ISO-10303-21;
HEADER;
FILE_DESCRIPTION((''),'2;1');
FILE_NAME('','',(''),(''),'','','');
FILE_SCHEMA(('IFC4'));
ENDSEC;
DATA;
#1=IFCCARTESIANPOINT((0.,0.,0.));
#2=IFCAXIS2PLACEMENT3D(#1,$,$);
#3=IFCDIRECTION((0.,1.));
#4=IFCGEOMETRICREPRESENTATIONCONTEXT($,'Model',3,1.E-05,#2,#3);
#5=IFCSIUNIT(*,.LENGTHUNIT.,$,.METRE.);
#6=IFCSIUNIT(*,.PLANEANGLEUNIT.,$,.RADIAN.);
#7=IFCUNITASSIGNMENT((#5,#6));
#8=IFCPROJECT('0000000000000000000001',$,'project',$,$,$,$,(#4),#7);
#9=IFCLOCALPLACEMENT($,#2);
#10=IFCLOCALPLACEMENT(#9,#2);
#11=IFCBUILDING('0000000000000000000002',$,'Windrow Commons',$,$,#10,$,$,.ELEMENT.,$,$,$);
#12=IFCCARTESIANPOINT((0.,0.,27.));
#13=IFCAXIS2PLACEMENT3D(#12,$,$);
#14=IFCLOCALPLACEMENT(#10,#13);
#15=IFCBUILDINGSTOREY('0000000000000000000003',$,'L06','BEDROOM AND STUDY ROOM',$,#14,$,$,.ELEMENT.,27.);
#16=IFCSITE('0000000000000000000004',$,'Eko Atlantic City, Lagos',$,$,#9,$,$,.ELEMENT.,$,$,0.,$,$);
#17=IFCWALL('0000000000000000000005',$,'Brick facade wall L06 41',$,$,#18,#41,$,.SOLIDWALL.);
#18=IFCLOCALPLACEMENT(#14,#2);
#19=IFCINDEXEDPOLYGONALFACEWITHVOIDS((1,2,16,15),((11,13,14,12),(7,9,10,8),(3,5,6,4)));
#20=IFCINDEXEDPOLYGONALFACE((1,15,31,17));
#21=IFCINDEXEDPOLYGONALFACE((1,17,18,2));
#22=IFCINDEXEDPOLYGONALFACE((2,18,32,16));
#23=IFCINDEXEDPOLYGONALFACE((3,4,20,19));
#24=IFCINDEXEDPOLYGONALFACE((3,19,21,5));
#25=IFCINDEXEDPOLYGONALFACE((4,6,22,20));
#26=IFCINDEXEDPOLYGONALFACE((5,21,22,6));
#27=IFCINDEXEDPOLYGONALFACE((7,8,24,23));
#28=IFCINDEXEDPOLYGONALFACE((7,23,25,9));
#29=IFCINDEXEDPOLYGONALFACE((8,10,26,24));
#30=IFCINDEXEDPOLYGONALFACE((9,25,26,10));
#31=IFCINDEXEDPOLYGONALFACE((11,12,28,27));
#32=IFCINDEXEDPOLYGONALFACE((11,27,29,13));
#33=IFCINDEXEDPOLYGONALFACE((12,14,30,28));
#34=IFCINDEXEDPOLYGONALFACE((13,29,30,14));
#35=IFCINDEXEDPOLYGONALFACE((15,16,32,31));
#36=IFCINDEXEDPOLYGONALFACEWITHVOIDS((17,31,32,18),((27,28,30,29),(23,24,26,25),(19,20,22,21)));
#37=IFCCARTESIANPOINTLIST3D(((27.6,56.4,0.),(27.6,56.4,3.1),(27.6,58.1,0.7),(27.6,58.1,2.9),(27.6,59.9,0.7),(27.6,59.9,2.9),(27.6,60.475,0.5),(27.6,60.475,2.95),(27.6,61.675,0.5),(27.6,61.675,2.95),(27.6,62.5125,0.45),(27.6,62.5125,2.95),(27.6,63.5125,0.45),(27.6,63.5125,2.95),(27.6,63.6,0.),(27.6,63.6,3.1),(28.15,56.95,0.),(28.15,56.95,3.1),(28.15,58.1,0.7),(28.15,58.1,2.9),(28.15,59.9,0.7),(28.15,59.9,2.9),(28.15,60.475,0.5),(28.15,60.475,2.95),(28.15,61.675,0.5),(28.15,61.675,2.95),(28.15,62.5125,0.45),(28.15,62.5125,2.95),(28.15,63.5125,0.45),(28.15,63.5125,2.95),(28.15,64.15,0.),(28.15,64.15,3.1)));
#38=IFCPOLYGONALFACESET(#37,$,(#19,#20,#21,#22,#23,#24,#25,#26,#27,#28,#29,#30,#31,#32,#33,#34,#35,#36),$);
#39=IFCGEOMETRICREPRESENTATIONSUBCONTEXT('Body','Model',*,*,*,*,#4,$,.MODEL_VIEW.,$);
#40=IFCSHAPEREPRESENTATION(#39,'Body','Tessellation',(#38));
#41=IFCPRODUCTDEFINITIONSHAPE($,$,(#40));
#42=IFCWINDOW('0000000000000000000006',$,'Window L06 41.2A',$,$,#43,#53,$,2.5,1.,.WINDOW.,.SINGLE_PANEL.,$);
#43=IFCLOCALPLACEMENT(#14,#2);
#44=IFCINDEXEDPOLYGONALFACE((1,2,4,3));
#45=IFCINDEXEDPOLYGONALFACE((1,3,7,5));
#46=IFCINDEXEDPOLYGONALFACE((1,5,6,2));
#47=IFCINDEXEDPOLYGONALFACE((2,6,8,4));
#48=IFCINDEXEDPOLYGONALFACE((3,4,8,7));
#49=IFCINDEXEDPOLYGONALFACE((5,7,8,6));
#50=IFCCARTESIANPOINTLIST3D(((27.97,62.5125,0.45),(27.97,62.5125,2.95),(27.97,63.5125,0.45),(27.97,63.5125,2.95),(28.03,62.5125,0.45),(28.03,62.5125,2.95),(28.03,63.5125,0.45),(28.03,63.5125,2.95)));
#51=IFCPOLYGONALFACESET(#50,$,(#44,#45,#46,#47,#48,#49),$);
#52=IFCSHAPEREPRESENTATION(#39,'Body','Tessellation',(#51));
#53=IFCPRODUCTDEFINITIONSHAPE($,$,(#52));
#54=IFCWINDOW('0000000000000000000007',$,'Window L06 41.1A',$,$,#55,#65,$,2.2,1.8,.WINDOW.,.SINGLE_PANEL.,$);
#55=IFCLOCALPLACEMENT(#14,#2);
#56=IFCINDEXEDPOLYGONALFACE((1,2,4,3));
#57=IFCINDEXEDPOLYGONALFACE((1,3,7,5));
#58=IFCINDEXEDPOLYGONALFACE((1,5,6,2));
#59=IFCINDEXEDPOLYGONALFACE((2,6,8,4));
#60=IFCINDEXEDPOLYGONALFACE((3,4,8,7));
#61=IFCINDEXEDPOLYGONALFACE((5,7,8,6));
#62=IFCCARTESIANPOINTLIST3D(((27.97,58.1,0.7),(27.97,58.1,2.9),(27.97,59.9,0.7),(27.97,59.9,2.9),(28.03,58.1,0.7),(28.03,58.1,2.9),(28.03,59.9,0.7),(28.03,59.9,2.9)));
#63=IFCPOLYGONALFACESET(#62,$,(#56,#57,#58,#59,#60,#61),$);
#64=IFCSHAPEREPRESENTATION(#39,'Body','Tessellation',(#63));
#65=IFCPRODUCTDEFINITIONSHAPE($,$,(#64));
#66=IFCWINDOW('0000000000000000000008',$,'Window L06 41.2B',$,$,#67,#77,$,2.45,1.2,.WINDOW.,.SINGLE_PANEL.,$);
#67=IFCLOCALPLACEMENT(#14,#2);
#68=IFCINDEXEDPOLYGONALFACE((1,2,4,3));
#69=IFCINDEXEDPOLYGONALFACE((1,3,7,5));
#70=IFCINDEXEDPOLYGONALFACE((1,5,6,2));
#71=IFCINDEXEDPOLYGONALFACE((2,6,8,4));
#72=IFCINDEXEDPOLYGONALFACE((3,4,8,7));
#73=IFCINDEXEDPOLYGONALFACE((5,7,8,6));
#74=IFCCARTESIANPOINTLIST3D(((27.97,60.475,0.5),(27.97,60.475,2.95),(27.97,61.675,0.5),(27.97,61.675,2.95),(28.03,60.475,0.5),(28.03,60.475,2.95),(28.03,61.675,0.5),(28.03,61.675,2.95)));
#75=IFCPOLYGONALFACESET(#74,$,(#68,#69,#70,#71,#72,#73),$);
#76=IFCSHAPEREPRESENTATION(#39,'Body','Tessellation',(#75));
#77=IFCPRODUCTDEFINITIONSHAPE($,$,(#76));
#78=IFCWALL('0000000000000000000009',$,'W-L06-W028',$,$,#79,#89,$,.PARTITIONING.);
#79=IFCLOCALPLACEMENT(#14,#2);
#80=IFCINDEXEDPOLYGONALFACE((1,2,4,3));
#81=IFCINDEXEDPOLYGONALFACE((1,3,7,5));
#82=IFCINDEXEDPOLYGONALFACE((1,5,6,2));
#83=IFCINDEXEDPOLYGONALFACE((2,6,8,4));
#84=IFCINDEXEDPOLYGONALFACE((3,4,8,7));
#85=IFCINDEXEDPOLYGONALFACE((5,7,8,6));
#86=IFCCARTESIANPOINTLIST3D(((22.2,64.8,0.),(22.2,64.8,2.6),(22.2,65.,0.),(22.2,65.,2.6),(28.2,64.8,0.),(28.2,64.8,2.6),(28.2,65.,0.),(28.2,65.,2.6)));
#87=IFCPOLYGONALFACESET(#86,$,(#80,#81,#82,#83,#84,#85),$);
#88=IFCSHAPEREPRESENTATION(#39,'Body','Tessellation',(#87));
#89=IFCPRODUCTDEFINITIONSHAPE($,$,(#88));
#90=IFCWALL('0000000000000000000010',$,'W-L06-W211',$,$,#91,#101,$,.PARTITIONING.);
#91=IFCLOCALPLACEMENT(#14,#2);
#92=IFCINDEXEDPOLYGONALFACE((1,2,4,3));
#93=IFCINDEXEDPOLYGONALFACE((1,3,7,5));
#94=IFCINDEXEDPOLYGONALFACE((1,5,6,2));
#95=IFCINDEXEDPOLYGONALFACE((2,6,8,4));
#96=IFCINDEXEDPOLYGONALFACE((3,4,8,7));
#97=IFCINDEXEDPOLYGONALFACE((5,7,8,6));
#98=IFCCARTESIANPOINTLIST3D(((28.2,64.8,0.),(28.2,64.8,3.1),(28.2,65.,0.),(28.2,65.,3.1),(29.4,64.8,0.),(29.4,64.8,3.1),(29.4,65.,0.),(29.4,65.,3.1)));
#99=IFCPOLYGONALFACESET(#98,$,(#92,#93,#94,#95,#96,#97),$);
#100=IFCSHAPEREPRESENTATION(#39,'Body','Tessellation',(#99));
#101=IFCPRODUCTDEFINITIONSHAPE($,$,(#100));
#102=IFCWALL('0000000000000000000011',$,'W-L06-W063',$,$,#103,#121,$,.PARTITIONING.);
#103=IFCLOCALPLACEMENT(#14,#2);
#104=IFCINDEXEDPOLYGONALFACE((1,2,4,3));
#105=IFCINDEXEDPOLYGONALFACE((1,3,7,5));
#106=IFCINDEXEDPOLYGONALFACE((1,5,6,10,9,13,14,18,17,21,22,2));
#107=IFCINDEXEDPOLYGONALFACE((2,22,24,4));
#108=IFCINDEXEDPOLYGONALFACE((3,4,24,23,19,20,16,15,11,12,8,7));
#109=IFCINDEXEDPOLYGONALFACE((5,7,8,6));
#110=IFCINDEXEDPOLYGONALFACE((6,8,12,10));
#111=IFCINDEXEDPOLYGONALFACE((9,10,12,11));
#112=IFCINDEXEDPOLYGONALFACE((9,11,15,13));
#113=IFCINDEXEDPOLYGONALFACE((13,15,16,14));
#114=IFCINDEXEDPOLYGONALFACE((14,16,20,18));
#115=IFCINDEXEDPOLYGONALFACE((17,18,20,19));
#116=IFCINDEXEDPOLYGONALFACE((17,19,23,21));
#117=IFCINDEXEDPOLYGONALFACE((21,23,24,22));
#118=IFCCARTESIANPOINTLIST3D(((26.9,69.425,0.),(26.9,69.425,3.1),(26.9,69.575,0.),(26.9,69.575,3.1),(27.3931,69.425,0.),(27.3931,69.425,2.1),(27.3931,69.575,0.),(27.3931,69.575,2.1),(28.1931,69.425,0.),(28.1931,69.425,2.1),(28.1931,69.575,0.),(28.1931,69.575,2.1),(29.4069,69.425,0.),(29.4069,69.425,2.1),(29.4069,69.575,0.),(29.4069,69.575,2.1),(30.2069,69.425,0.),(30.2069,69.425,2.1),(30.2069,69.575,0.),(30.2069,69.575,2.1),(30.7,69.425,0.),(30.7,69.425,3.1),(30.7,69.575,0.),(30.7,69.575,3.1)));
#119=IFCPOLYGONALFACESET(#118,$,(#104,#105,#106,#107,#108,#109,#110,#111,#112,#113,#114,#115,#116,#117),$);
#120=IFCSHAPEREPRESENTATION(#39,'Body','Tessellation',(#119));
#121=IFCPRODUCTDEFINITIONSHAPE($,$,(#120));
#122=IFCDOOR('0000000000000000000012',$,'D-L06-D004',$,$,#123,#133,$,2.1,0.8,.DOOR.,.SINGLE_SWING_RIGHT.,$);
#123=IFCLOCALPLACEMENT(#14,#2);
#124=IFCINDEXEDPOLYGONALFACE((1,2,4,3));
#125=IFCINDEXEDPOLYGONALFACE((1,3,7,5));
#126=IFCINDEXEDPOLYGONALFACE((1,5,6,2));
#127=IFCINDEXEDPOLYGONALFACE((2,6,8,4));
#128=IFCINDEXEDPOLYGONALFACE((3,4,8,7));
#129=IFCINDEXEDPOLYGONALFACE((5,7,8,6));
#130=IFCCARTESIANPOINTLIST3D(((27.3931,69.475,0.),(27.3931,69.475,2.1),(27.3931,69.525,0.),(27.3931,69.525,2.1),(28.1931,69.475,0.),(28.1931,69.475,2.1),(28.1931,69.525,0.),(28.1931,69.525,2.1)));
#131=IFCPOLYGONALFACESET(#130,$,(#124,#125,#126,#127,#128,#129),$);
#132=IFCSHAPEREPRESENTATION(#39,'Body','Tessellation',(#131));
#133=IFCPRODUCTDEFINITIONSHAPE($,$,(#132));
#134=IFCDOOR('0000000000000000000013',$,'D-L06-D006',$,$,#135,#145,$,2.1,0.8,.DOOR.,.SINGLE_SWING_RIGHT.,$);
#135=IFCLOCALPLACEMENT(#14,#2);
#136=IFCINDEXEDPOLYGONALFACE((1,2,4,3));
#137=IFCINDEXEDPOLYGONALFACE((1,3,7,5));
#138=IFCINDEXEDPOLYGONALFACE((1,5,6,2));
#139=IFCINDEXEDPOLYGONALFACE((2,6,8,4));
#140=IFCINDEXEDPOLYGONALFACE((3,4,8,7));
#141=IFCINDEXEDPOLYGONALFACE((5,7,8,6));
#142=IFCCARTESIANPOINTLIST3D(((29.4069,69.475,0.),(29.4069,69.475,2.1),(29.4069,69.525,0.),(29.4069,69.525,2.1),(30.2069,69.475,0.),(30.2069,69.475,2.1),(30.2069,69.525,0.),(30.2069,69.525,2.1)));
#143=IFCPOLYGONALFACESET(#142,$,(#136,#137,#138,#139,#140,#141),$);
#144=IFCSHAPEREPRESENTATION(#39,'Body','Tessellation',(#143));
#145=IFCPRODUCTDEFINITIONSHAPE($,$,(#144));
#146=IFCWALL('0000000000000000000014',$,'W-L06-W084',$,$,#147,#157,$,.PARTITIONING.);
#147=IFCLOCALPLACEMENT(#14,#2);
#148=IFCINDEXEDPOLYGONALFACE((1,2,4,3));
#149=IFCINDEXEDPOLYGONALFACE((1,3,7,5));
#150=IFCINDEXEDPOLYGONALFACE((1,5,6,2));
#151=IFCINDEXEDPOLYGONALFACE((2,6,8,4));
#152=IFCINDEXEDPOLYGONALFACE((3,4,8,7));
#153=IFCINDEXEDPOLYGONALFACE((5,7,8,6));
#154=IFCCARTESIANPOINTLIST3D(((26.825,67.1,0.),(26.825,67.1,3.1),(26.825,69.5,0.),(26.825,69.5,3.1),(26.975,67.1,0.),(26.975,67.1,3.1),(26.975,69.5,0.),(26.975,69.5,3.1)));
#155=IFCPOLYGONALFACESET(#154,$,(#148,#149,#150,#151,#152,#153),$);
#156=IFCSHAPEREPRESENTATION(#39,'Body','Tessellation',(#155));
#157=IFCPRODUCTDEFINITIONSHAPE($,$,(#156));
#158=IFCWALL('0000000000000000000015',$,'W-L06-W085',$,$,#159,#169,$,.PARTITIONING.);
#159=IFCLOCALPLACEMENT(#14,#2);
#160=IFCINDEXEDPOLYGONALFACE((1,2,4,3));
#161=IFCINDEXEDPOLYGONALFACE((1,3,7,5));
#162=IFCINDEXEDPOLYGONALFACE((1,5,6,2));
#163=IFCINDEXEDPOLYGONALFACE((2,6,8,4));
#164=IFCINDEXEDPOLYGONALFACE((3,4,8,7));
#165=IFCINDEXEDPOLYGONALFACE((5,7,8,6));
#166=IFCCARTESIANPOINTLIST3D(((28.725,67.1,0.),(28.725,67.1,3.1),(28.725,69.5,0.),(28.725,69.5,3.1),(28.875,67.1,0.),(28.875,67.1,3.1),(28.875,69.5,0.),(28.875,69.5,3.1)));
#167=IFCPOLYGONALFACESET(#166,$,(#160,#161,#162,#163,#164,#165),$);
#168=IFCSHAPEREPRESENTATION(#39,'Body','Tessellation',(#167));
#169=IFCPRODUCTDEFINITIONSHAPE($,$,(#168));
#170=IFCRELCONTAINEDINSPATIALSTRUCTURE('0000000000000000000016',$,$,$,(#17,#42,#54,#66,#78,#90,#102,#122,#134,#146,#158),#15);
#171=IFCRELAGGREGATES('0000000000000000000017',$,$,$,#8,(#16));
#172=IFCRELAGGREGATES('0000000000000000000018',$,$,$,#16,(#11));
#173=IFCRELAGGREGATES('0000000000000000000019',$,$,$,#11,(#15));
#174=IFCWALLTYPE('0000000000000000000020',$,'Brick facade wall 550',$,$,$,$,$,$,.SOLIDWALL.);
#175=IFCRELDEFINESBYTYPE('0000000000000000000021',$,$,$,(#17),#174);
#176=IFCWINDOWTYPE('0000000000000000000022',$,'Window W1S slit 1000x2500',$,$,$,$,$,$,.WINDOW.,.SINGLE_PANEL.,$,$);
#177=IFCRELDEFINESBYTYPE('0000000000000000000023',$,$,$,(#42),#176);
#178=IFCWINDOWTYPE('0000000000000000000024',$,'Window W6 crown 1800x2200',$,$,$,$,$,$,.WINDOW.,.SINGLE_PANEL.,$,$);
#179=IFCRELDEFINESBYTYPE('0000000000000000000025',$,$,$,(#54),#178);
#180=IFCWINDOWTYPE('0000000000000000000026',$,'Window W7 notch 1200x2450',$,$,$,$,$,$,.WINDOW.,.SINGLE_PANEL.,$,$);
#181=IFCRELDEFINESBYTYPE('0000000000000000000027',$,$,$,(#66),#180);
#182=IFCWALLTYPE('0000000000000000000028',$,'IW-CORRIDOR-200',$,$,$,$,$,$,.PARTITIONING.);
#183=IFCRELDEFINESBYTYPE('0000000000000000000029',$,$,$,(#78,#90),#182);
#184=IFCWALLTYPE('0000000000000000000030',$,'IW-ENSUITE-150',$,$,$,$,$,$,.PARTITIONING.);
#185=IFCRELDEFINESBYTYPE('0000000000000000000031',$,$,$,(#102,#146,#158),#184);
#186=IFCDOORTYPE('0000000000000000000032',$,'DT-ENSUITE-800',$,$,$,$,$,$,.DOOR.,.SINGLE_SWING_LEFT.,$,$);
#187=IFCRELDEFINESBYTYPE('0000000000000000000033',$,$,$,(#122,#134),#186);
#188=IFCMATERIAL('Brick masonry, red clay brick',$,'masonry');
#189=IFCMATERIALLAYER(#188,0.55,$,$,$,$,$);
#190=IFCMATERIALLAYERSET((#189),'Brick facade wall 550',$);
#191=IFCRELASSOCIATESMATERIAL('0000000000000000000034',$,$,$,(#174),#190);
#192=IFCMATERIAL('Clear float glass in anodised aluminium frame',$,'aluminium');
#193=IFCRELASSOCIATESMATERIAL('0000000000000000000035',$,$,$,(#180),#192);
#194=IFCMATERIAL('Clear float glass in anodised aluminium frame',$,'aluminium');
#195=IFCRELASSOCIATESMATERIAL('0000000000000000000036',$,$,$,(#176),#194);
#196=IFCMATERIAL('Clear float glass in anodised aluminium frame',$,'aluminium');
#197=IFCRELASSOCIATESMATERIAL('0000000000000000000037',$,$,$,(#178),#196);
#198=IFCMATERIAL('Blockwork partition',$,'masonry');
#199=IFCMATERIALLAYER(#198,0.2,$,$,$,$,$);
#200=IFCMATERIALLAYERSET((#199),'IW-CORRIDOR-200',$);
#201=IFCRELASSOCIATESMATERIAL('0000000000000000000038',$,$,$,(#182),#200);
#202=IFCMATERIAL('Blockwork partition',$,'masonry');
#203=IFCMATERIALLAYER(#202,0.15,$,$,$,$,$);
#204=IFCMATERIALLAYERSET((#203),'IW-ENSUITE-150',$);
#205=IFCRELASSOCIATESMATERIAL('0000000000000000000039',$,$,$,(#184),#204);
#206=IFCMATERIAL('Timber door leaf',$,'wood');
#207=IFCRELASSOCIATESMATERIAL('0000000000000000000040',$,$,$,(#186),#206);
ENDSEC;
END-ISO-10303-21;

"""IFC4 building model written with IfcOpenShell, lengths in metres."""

from ifc_helpers import new_model, si_unit, direction, frame, frame_2d, origin, place, context, subcontext, project, spatial, polyline, rectangle, outline, extrude, material, layer, layer_set, type_object, element, fill, save


model = new_model("IFC4")

# Units and contexts
model_context = context("Model", 3, precision=1e-05, world=origin(), true_north=direction((0.0, 1.0)))
body_context = subcontext(model_context, "Body", "Model", "MODEL_VIEW")
ifc_project = project(units=[si_unit("LENGTHUNIT", "METRE"), si_unit("PLANEANGLEUNIT", "RADIAN")], contexts=[model_context])

# Site, building, storey
site_placement = place(None, origin())
site = spatial("IfcSite", under=ifc_project, at=site_placement, Name="Eko Atlantic City, Lagos", CompositionType="ELEMENT", RefElevation=0.0)
building_placement = place(site_placement, origin())
building = spatial("IfcBuilding", under=site, at=building_placement, Name="Windrow Commons", CompositionType="ELEMENT")
storey_placement = place(building_placement, frame((0.0, 0.0, 27.0)))
storey = spatial("IfcBuildingStorey", under=building, at=storey_placement, Name="L06", Description="BEDROOM AND STUDY ROOM", CompositionType="ELEMENT", Elevation=27.0)

# Shared definitions
ifc_material_1 = material(Name="Brick masonry, red clay brick", Category="masonry")
ifc_layer_1 = layer(ifc_material_1, 0.55)
ifc_layer_set_1 = layer_set([ifc_layer_1], Name="Brick facade wall 550")
wall_type_1 = type_object("IfcWallType", Name="Brick facade wall 550", PredefinedType="SOLIDWALL", material=ifc_layer_set_1)
ifc_material_2 = material(Name="Clear float glass in anodised aluminium frame", Category="aluminium")
window_type_1 = type_object("IfcWindowType", Name="Window W7 notch 1200x2450", PartitioningType="SINGLE_PANEL", PredefinedType="WINDOW", material=ifc_material_2)

# Wall, openings, windows
wall_1_placement = place(storey_placement, frame((27.875, 63.875, 0.0), z_axis=(0.0, 0.0, 1.0), x_axis=(0.0, -1.0, 0.0)))
wall_1 = element("IfcWall", 1, at=wall_1_placement, inside=storey, type_object=wall_type_1, Name="Brick facade wall L06 41", PredefinedType="SOLIDWALL", context=body_context, shape_type="SweptSolid", body=[
    extrude(outline(polyline([(0.275, -0.275), (7.475, -0.275), (6.925, 0.275), (-0.275, 0.275), (0.275, -0.275)])), origin(), (0.0, 0.0, 1.0), 3.1),
])
opening_1_placement = place(wall_1_placement, frame((3.975, 0.0, 0.7)))
opening_1 = element("IfcOpeningElement", 2, at=opening_1_placement, cuts=wall_1, PredefinedType="OPENING", context=body_context, shape_type="SweptSolid", body=[
    extrude(rectangle(XDim=1.8, YDim=2.2, at=frame_2d((0.9, 1.1))), frame((0.0, 0.285, 0.0), z_axis=(0.0, -1.0, 0.0), x_axis=(1.0, 0.0, 0.0)), (0.0, 0.0, 1.0), 0.57),
])
opening_2_placement = place(wall_1_placement, frame((0.3625, 0.0, 0.45)))
opening_2 = element("IfcOpeningElement", 3, at=opening_2_placement, cuts=wall_1, PredefinedType="OPENING", context=body_context, shape_type="SweptSolid", body=[
    extrude(rectangle(XDim=1.0, YDim=2.5, at=frame_2d((0.5, 1.25))), frame((0.0, 0.285, 0.0), z_axis=(0.0, -1.0, 0.0), x_axis=(1.0, 0.0, 0.0)), (0.0, 0.0, 1.0), 0.57),
])
opening_3_placement = place(wall_1_placement, frame((2.2, 0.0, 0.5)))
opening_3 = element("IfcOpeningElement", 4, at=opening_3_placement, cuts=wall_1, PredefinedType="OPENING", context=body_context, shape_type="SweptSolid", body=[
    extrude(rectangle(XDim=1.2, YDim=2.45, at=frame_2d((0.6, 1.225))), frame((0.0, 0.285, 0.0), z_axis=(0.0, -1.0, 0.0), x_axis=(1.0, 0.0, 0.0)), (0.0, 0.0, 1.0), 0.57),
])
ifc_material_3 = material(Name="Clear float glass in anodised aluminium frame", Category="aluminium")
window_type_2 = type_object("IfcWindowType", Name="Window W1S slit 1000x2500", PartitioningType="SINGLE_PANEL", PredefinedType="WINDOW", material=ifc_material_3)
window_1_placement = place(opening_2_placement, origin())
window_1 = element("IfcWindow", 5, at=window_1_placement, inside=storey, type_object=window_type_2, Name="Window L06 41.2A", OverallHeight=2.5, OverallWidth=1.0, PartitioningType="SINGLE_PANEL", PredefinedType="WINDOW", context=body_context, shape_type="SweptSolid", body=[
    extrude(rectangle(XDim=1.0, YDim=2.5, at=frame_2d((0.5, 1.25))), frame((0.0, 0.155, 0.0), z_axis=(0.0, -1.0, 0.0), x_axis=(1.0, 0.0, 0.0)), (0.0, 0.0, 1.0), 0.06),
])
fill(opening_2, window_1)
ifc_material_4 = material(Name="Clear float glass in anodised aluminium frame", Category="aluminium")
window_type_3 = type_object("IfcWindowType", Name="Window W6 crown 1800x2200", PartitioningType="SINGLE_PANEL", PredefinedType="WINDOW", material=ifc_material_4)
window_2_placement = place(opening_1_placement, origin())
window_2 = element("IfcWindow", 6, at=window_2_placement, inside=storey, type_object=window_type_3, Name="Window L06 41.1A", OverallHeight=2.2, OverallWidth=1.8, PartitioningType="SINGLE_PANEL", PredefinedType="WINDOW", context=body_context, shape_type="SweptSolid", body=[
    extrude(rectangle(XDim=1.8, YDim=2.2, at=frame_2d((0.9, 1.1))), frame((0.0, 0.155, 0.0), z_axis=(0.0, -1.0, 0.0), x_axis=(1.0, 0.0, 0.0)), (0.0, 0.0, 1.0), 0.06),
])
fill(opening_1, window_2)
window_3_placement = place(opening_3_placement, origin())
window_3 = element("IfcWindow", 7, at=window_3_placement, inside=storey, type_object=window_type_1, Name="Window L06 41.2B", OverallHeight=2.45, OverallWidth=1.2, PartitioningType="SINGLE_PANEL", PredefinedType="WINDOW", context=body_context, shape_type="SweptSolid", body=[
    extrude(rectangle(XDim=1.2, YDim=2.45, at=frame_2d((0.6, 1.225))), frame((0.0, 0.155, 0.0), z_axis=(0.0, -1.0, 0.0), x_axis=(1.0, 0.0, 0.0)), (0.0, 0.0, 1.0), 0.06),
])
fill(opening_3, window_3)

# Walls
ifc_material_5 = material(Name="Blockwork partition", Category="masonry")
ifc_layer_2 = layer(ifc_material_5, 0.2)
ifc_layer_set_2 = layer_set([ifc_layer_2], Name="IW-CORRIDOR-200")
wall_type_2 = type_object("IfcWallType", Name="IW-CORRIDOR-200", PredefinedType="PARTITIONING", material=ifc_layer_set_2)
wall_2_placement = place(storey_placement, frame((22.2, 64.9, 0.0), z_axis=(0.0, 0.0, 1.0), x_axis=(1.0, 0.0, 0.0)))
element("IfcWall", 8, at=wall_2_placement, inside=storey, type_object=wall_type_2, Name="W-L06-W028", PredefinedType="PARTITIONING", context=body_context, shape_type="SweptSolid", body=[
    extrude(rectangle(XDim=6.0, YDim=0.2, at=frame_2d((3.0, 0.0))), origin(), (0.0, 0.0, 1.0), 2.6),
])
wall_3_placement = place(storey_placement, frame((28.2, 64.9, 0.0), z_axis=(0.0, 0.0, 1.0), x_axis=(1.0, 0.0, 0.0)))
element("IfcWall", 9, at=wall_3_placement, inside=storey, type_object=wall_type_2, Name="W-L06-W211", PredefinedType="PARTITIONING", context=body_context, shape_type="SweptSolid", body=[
    extrude(rectangle(XDim=1.2, YDim=0.2, at=frame_2d((0.6, 0.0))), origin(), (0.0, 0.0, 1.0), 3.1),
])

# Wall, openings, doors
ifc_material_6 = material(Name="Blockwork partition", Category="masonry")
ifc_layer_3 = layer(ifc_material_6, 0.15)
ifc_layer_set_3 = layer_set([ifc_layer_3], Name="IW-ENSUITE-150")
wall_type_3 = type_object("IfcWallType", Name="IW-ENSUITE-150", PredefinedType="PARTITIONING", material=ifc_layer_set_3)
wall_4_placement = place(storey_placement, frame((26.9, 69.5, 0.0), z_axis=(0.0, 0.0, 1.0), x_axis=(1.0, 0.0, 0.0)))
wall_4 = element("IfcWall", 10, at=wall_4_placement, inside=storey, type_object=wall_type_3, Name="W-L06-W063", PredefinedType="PARTITIONING", context=body_context, shape_type="SweptSolid", body=[
    extrude(rectangle(XDim=3.8, YDim=0.15, at=frame_2d((1.9, 0.0))), origin(), (0.0, 0.0, 1.0), 3.1),
])
opening_4_placement = place(wall_4_placement, frame((0.4931, 0.0, 0.0)))
opening_4 = element("IfcOpeningElement", 11, at=opening_4_placement, cuts=wall_4, PredefinedType="OPENING", context=body_context, shape_type="SweptSolid", body=[
    extrude(rectangle(XDim=0.8, YDim=2.1, at=frame_2d((0.4, 1.05))), frame((0.0, 0.085, 0.0), z_axis=(0.0, -1.0, 0.0), x_axis=(1.0, 0.0, 0.0)), (0.0, 0.0, 1.0), 0.17),
])
opening_5_placement = place(wall_4_placement, frame((2.5069, 0.0, 0.0)))
opening_5 = element("IfcOpeningElement", 12, at=opening_5_placement, cuts=wall_4, PredefinedType="OPENING", context=body_context, shape_type="SweptSolid", body=[
    extrude(rectangle(XDim=0.8, YDim=2.1, at=frame_2d((0.4, 1.05))), frame((0.0, 0.085, 0.0), z_axis=(0.0, -1.0, 0.0), x_axis=(1.0, 0.0, 0.0)), (0.0, 0.0, 1.0), 0.17),
])
ifc_material_7 = material(Name="Timber door leaf", Category="wood")
door_type = type_object("IfcDoorType", Name="DT-ENSUITE-800", OperationType="SINGLE_SWING_LEFT", PredefinedType="DOOR", material=ifc_material_7)
door_1_placement = place(opening_4_placement, origin())
door_1 = element("IfcDoor", 13, at=door_1_placement, inside=storey, type_object=door_type, Name="D-L06-D004", OperationType="SINGLE_SWING_RIGHT", OverallHeight=2.1, OverallWidth=0.8, PredefinedType="DOOR", context=body_context, shape_type="SweptSolid", body=[
    extrude(rectangle(XDim=0.8, YDim=2.1, at=frame_2d((0.4, 1.05))), frame((0.0, 0.025, 0.0), z_axis=(0.0, -1.0, 0.0), x_axis=(1.0, 0.0, 0.0)), (0.0, 0.0, 1.0), 0.05),
])
fill(opening_4, door_1)
door_2_placement = place(opening_5_placement, origin())
door_2 = element("IfcDoor", 14, at=door_2_placement, inside=storey, type_object=door_type, Name="D-L06-D006", OperationType="SINGLE_SWING_RIGHT", OverallHeight=2.1, OverallWidth=0.8, PredefinedType="DOOR", context=body_context, shape_type="SweptSolid", body=[
    extrude(rectangle(XDim=0.8, YDim=2.1, at=frame_2d((0.4, 1.05))), frame((0.0, 0.025, 0.0), z_axis=(0.0, -1.0, 0.0), x_axis=(1.0, 0.0, 0.0)), (0.0, 0.0, 1.0), 0.05),
])
fill(opening_5, door_2)

# Walls
for number, where, z_axis, x_axis, name in (
    (15, (26.9, 67.1, 0.0), (0.0, 0.0, 1.0), (0.0, 1.0, 0.0), "W-L06-W084"),
    (16, (28.8, 67.1, 0.0), (0.0, 0.0, 1.0), (0.0, 1.0, 0.0), "W-L06-W085"),
):
    element("IfcWall", number, at=place(storey_placement, frame(where, z_axis=z_axis, x_axis=x_axis)), inside=storey, type_object=wall_type_3, Name=name, PredefinedType="PARTITIONING", context=body_context, shape_type="SweptSolid", body=[
        extrude(rectangle(XDim=2.4, YDim=0.15, at=frame_2d((1.2, 0.0))), origin(), (0.0, 0.0, 1.0), 3.1),
    ])

save(model, "model.ifc")
